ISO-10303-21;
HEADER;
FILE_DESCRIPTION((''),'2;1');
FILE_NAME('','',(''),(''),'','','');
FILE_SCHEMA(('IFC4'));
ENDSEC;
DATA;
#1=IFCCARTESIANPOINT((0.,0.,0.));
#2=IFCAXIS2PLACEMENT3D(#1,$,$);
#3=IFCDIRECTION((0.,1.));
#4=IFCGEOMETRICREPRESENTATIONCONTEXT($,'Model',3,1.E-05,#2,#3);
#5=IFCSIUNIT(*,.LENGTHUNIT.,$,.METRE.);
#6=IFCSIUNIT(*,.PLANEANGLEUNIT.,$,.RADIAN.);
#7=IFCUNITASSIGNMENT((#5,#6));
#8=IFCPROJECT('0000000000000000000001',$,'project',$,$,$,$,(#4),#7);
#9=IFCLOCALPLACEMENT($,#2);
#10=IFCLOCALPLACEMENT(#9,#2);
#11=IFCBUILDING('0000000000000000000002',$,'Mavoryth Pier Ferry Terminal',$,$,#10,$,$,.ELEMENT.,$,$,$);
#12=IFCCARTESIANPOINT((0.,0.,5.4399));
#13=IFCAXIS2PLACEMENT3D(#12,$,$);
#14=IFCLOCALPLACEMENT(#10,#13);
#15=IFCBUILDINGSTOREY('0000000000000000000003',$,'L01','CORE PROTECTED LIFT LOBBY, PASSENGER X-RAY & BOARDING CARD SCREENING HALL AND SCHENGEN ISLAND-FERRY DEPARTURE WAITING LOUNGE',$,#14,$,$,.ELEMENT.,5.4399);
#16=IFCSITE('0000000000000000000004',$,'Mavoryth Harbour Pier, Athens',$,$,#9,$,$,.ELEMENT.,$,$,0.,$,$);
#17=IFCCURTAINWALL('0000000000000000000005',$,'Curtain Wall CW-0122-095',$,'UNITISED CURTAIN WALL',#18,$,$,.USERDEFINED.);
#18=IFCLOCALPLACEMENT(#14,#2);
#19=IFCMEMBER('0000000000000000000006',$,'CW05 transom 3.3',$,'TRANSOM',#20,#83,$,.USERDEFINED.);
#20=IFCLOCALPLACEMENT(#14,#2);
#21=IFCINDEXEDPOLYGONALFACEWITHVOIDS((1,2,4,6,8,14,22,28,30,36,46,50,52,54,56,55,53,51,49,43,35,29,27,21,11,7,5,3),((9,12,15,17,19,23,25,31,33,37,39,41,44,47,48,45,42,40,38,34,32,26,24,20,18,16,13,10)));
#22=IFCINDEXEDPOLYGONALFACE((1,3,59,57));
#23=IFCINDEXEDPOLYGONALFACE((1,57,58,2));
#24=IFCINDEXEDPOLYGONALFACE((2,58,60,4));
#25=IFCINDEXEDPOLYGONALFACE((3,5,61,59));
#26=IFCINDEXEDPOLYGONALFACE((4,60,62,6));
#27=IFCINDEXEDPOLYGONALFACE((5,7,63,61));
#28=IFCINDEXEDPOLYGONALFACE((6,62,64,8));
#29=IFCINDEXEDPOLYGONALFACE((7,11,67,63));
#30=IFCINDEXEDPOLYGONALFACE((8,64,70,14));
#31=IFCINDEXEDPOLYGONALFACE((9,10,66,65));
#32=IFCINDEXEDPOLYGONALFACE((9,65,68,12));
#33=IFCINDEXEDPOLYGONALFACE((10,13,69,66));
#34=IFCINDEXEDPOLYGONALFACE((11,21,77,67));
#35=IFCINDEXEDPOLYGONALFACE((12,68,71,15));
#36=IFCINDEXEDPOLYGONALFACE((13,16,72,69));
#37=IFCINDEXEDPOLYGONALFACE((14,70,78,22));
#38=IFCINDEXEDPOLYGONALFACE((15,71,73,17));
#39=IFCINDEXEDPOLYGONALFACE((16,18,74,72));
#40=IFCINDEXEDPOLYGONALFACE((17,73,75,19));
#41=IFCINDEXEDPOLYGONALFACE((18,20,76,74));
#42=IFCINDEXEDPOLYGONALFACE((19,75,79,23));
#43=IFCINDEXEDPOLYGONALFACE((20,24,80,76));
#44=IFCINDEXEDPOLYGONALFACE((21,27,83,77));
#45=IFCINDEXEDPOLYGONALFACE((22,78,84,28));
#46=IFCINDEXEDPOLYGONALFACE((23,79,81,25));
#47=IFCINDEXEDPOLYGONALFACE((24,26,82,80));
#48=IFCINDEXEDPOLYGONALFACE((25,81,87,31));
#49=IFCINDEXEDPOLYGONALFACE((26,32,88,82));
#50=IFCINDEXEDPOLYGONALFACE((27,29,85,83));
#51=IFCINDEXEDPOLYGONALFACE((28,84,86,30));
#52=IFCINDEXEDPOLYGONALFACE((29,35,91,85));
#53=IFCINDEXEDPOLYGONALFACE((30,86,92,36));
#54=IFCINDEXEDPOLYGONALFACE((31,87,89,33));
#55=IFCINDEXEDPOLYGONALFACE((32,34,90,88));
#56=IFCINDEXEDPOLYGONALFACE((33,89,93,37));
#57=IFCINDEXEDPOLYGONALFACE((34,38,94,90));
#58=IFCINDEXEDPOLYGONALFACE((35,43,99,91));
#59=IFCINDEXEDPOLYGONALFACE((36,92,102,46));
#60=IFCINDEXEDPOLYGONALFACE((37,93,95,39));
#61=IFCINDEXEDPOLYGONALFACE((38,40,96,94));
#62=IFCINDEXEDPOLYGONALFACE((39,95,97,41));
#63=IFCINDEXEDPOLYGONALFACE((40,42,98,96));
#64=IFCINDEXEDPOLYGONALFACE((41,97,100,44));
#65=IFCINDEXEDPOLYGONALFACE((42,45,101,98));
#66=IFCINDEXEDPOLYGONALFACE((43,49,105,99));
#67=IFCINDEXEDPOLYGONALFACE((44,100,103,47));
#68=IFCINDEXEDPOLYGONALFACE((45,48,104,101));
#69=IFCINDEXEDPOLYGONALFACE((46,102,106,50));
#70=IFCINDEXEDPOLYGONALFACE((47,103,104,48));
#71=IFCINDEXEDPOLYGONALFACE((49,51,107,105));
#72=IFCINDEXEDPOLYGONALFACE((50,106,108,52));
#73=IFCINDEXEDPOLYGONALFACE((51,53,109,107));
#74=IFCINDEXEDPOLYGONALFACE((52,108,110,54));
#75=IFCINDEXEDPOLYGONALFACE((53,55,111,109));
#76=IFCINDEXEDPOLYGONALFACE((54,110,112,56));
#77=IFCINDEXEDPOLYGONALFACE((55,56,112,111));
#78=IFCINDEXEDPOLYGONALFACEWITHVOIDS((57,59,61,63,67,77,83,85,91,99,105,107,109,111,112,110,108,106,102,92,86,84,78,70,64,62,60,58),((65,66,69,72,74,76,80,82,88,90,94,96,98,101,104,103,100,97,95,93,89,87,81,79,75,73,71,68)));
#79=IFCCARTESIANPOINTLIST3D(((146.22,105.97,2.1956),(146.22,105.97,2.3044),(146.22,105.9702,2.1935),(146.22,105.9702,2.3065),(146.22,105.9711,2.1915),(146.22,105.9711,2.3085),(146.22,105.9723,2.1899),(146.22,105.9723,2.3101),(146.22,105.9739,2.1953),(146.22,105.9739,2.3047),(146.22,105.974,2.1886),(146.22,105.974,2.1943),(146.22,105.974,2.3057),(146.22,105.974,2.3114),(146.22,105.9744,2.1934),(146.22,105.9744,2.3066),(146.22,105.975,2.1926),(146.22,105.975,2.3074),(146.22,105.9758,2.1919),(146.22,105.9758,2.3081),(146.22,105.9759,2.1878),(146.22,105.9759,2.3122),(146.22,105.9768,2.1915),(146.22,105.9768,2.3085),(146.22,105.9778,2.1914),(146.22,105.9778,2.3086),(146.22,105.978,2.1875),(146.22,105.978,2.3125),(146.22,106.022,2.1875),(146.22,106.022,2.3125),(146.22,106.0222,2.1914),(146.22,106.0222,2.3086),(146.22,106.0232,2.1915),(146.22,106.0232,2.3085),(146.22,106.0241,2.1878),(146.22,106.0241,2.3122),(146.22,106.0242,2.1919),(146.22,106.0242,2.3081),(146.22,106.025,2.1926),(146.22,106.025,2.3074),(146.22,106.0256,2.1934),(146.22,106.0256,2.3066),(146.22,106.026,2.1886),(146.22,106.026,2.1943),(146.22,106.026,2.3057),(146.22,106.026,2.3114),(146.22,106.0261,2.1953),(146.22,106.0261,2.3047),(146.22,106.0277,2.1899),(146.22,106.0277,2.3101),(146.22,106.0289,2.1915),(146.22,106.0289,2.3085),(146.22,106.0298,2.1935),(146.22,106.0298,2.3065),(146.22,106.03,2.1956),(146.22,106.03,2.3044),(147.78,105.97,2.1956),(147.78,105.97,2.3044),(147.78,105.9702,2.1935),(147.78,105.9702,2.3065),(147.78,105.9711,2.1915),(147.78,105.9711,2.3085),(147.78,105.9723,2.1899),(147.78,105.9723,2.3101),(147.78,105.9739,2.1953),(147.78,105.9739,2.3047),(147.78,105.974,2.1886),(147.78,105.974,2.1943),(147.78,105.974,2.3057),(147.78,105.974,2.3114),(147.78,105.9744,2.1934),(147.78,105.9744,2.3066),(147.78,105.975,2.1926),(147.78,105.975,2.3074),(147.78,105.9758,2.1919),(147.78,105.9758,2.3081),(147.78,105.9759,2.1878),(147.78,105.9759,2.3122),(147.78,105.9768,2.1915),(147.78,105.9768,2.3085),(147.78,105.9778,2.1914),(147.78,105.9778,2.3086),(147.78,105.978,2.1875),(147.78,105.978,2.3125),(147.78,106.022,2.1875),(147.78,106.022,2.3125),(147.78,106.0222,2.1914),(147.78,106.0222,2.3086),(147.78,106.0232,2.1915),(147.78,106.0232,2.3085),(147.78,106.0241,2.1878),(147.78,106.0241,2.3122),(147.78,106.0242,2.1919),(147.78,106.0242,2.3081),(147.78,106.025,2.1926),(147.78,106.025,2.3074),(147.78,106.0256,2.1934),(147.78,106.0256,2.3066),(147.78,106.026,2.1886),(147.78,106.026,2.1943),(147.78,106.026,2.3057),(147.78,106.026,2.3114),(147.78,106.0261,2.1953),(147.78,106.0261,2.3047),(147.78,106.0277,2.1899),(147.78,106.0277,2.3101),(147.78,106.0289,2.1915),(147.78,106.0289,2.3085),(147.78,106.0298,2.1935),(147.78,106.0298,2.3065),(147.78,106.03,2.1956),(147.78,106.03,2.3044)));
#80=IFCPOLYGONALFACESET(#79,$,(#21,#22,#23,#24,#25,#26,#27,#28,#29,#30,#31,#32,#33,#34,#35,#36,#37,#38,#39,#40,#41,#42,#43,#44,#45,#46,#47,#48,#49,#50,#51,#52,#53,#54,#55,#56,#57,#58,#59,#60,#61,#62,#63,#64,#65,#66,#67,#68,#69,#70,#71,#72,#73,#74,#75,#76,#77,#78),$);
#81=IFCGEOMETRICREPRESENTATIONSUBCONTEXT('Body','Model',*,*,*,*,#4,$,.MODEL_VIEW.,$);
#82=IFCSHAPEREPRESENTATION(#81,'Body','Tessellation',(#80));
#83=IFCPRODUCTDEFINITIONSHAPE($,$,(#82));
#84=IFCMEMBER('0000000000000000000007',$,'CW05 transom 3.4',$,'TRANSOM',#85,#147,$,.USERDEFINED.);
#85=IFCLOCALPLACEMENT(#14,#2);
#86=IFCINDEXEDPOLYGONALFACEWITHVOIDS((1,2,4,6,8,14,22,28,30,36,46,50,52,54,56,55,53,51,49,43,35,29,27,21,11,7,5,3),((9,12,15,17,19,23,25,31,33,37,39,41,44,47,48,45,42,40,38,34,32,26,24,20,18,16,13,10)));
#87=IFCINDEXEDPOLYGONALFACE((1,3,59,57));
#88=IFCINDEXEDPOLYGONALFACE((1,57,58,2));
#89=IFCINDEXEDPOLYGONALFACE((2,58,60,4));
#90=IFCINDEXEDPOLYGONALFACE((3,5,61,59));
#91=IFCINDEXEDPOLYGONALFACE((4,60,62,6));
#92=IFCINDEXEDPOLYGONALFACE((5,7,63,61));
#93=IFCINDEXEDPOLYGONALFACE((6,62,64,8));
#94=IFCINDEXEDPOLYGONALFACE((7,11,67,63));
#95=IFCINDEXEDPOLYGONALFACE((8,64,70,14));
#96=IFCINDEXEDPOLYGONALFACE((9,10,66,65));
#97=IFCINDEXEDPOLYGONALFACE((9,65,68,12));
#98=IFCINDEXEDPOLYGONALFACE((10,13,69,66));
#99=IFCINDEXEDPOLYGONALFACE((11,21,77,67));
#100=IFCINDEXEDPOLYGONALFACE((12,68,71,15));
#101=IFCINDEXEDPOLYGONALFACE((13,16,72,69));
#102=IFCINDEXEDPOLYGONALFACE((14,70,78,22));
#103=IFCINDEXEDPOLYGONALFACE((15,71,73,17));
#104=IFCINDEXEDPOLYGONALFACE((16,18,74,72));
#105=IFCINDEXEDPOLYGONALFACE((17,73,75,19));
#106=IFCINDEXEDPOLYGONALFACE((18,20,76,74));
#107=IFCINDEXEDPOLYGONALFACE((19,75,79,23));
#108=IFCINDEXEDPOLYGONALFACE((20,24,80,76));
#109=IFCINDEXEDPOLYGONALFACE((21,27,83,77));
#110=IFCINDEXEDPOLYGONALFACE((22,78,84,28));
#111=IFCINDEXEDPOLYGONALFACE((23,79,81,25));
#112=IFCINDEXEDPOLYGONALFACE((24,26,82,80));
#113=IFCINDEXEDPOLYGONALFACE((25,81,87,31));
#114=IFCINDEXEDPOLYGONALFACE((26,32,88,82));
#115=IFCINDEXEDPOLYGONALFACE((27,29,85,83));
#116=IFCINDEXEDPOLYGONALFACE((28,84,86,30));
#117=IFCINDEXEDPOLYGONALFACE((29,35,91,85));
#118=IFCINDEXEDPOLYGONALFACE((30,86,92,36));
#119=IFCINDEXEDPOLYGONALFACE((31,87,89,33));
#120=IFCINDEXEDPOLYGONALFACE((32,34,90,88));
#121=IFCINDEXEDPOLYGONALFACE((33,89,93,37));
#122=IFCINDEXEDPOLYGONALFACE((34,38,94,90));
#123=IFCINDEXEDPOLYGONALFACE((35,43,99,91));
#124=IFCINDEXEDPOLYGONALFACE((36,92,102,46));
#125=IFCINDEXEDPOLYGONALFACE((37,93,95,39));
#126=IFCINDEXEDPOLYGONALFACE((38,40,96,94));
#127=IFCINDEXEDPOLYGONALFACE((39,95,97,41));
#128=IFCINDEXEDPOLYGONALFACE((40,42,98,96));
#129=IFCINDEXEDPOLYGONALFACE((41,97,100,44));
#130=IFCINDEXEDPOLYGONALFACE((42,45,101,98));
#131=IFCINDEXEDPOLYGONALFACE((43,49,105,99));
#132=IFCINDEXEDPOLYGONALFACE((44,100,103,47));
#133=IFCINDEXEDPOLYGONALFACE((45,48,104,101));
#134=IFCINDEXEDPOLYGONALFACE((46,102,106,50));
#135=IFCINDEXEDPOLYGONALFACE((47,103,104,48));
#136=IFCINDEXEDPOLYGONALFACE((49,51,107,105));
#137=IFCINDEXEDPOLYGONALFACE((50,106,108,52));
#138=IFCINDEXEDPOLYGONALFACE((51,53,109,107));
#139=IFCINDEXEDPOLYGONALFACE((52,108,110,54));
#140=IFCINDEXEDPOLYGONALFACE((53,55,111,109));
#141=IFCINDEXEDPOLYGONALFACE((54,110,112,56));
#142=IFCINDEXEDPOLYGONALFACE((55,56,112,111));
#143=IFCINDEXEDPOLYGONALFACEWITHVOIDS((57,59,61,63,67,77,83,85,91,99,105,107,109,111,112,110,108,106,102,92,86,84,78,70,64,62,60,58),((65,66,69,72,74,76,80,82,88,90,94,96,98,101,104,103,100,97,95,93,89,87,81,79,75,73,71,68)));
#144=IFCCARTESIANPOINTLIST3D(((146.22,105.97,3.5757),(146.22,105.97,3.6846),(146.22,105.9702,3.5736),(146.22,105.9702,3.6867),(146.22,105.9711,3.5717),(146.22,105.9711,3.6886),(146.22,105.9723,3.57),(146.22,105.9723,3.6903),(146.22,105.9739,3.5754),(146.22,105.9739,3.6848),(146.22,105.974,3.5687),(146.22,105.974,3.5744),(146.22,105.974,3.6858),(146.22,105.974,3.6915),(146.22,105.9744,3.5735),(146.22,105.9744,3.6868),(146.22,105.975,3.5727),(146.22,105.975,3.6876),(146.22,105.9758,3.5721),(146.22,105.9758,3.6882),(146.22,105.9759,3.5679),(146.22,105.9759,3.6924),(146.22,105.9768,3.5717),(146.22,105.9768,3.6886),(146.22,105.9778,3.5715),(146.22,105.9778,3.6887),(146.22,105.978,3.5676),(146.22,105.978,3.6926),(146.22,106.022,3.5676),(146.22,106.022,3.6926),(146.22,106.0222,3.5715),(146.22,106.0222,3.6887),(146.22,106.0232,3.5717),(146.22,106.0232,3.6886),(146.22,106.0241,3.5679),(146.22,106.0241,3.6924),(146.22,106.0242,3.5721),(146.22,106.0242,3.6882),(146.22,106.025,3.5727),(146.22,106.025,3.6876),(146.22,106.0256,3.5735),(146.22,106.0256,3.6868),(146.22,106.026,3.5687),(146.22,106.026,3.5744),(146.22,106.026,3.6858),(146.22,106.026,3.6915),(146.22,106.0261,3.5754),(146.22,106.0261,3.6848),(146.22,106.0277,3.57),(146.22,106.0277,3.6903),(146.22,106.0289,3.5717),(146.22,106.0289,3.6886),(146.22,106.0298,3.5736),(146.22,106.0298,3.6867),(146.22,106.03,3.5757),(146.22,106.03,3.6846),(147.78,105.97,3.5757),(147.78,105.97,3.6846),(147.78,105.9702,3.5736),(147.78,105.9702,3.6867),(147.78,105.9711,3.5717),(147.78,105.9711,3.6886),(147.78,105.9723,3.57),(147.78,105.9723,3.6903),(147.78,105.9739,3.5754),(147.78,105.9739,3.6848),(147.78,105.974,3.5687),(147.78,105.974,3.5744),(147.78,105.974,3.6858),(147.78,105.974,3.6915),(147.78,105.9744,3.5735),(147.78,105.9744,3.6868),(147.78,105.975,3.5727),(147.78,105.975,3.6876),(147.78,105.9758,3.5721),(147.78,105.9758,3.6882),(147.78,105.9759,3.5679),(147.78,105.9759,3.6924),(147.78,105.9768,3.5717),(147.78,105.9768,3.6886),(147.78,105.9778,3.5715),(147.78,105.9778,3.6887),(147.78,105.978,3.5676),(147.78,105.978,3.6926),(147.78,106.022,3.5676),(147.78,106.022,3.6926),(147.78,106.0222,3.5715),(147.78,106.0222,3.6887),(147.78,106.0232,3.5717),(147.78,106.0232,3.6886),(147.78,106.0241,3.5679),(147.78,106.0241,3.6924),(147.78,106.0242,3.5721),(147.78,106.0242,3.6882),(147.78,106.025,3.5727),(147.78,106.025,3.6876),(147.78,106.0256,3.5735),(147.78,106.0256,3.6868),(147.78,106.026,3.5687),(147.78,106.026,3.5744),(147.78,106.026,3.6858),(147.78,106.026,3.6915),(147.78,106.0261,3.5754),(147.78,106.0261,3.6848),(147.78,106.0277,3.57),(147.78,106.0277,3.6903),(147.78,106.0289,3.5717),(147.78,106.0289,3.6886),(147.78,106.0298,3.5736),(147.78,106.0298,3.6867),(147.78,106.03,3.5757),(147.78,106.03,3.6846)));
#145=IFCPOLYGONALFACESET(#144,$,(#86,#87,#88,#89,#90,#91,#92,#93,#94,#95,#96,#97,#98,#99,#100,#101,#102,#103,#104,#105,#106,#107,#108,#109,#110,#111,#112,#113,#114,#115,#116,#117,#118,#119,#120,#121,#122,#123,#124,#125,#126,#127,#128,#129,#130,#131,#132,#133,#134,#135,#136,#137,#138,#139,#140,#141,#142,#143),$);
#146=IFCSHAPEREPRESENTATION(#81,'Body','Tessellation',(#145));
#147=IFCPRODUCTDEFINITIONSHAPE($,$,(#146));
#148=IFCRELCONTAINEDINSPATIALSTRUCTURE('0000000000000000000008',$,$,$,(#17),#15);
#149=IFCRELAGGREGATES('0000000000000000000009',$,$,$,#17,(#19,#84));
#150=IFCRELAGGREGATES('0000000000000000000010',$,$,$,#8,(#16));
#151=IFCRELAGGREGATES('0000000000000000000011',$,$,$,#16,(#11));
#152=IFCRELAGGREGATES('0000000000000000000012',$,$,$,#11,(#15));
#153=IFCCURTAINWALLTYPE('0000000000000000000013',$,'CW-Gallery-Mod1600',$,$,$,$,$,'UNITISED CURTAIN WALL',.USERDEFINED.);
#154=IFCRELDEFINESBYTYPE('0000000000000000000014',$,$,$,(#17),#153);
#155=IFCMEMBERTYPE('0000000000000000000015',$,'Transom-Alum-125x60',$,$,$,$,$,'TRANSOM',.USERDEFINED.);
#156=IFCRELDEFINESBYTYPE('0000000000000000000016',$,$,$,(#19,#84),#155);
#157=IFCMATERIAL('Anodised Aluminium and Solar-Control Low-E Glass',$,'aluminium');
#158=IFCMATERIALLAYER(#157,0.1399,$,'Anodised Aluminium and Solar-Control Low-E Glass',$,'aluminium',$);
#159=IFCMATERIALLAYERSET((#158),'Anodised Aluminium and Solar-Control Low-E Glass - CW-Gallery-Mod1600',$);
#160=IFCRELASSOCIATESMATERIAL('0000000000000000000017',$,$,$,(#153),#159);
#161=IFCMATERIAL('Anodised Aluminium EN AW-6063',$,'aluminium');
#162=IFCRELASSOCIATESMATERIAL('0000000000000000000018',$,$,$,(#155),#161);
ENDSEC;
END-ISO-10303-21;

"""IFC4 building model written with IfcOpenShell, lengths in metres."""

from ifc_helpers import new_model, si_unit, direction, frame, origin, origin_2d, place, context, subcontext, project, spatial, hollow_rectangle, extrude, material, layer, layer_set, material_profile, profile_set, type_object, element, aggregate, save


model = new_model("IFC4")

# Units and contexts
model_context = context("Model", 3, precision=1e-05, world=origin(), true_north=direction((0.0, 1.0)))
body_context = subcontext(model_context, "Body", "Model", "MODEL_VIEW")
ifc_project = project(units=[si_unit("LENGTHUNIT", "METRE"), si_unit("PLANEANGLEUNIT", "RADIAN")], contexts=[model_context])

# Site, building, storey
site_placement = place(None, origin())
site = spatial("IfcSite", under=ifc_project, at=site_placement, Name="Mavoryth Harbour Pier, Athens", CompositionType="ELEMENT", RefElevation=0.0)
building_placement = place(site_placement, origin())
building = spatial("IfcBuilding", under=site, at=building_placement, Name="Mavoryth Pier Ferry Terminal", CompositionType="ELEMENT")
storey_placement = place(building_placement, frame((0.0, 0.0, 5.4399)))
storey = spatial("IfcBuildingStorey", under=building, at=storey_placement, Name="L01", Description="CORE PROTECTED LIFT LOBBY, PASSENGER X-RAY & BOARDING CARD SCREENING HALL AND SCHENGEN ISLAND-FERRY DEPARTURE WAITING LOUNGE", CompositionType="ELEMENT", Elevation=5.4399)

# Curtain wall
ifc_material_1 = material(Name="Anodised Aluminium and Solar-Control Low-E Glass", Category="aluminium")
ifc_layer_1 = layer(ifc_material_1, 0.1399, Name="Anodised Aluminium and Solar-Control Low-E Glass", Category="aluminium")
ifc_layer_set_1 = layer_set([ifc_layer_1], Name="Anodised Aluminium and Solar-Control Low-E Glass - CW-Gallery-Mod1600")
curtain_wall_type = type_object("IfcCurtainWallType", Name="CW-Gallery-Mod1600", ElementType="UNITISED CURTAIN WALL", PredefinedType="USERDEFINED", material=ifc_layer_set_1)
curtain_wall_placement = place(storey_placement, origin())
curtain_wall = element("IfcCurtainWall", 1, at=curtain_wall_placement, inside=storey, type_object=curtain_wall_type, Name="Curtain Wall CW-0122-095", ObjectType="UNITISED CURTAIN WALL", PredefinedType="USERDEFINED")
ifc_material_2 = material(Name="Anodised Aluminium EN AW-6063", Category="aluminium")

# Members
ifc_material_profile_1 = material_profile(ifc_material_2, hollow_rectangle(XDim=0.0601, YDim=0.125, WallThickness=0.0039, InnerFilletRadius=0.0039, OuterFilletRadius=0.0081, at=origin_2d()), Name="AL-TRAN 125x60x4", Category="aluminium")
ifc_profile_set_1 = profile_set([ifc_material_profile_1], Name="Anodised Aluminium EN AW-6063 - AL-TRAN 125x60x4")
member_type_1 = type_object("IfcMemberType", Name="Transom-Alum-125x60", ElementType="TRANSOM", PredefinedType="USERDEFINED", material=ifc_profile_set_1)
member_1_placement = place(storey_placement, frame((146.22, 106.0, 2.25), z_axis=(1.0, 0.0, 0.0), x_axis=(0.0, 1.0, 0.0)))
member_1 = element("IfcMember", 2, at=member_1_placement, type_object=member_type_1, Name="CW05 transom 3.3", ObjectType="TRANSOM", PredefinedType="USERDEFINED", context=body_context, shape_type="SweptSolid", body=[
    extrude(hollow_rectangle(XDim=0.0601, YDim=0.125, WallThickness=0.0039, InnerFilletRadius=0.0039, OuterFilletRadius=0.0081, at=origin_2d()), origin(), (0.0, 0.0, 1.0), 1.5601),
])
member_2_placement = place(storey_placement, frame((146.22, 106.0, 3.6301), z_axis=(1.0, 0.0, 0.0), x_axis=(0.0, 1.0, 0.0)))
member_2 = element("IfcMember", 3, at=member_2_placement, type_object=member_type_1, Name="CW05 transom 3.4", ObjectType="TRANSOM", PredefinedType="USERDEFINED", context=body_context, shape_type="SweptSolid", body=[
    extrude(hollow_rectangle(XDim=0.0601, YDim=0.125, WallThickness=0.0039, InnerFilletRadius=0.0039, OuterFilletRadius=0.0081, at=origin_2d()), origin(), (0.0, 0.0, 1.0), 1.5601),
])

aggregate(curtain_wall, [member_1, member_2])

save(model, "model.ifc")
